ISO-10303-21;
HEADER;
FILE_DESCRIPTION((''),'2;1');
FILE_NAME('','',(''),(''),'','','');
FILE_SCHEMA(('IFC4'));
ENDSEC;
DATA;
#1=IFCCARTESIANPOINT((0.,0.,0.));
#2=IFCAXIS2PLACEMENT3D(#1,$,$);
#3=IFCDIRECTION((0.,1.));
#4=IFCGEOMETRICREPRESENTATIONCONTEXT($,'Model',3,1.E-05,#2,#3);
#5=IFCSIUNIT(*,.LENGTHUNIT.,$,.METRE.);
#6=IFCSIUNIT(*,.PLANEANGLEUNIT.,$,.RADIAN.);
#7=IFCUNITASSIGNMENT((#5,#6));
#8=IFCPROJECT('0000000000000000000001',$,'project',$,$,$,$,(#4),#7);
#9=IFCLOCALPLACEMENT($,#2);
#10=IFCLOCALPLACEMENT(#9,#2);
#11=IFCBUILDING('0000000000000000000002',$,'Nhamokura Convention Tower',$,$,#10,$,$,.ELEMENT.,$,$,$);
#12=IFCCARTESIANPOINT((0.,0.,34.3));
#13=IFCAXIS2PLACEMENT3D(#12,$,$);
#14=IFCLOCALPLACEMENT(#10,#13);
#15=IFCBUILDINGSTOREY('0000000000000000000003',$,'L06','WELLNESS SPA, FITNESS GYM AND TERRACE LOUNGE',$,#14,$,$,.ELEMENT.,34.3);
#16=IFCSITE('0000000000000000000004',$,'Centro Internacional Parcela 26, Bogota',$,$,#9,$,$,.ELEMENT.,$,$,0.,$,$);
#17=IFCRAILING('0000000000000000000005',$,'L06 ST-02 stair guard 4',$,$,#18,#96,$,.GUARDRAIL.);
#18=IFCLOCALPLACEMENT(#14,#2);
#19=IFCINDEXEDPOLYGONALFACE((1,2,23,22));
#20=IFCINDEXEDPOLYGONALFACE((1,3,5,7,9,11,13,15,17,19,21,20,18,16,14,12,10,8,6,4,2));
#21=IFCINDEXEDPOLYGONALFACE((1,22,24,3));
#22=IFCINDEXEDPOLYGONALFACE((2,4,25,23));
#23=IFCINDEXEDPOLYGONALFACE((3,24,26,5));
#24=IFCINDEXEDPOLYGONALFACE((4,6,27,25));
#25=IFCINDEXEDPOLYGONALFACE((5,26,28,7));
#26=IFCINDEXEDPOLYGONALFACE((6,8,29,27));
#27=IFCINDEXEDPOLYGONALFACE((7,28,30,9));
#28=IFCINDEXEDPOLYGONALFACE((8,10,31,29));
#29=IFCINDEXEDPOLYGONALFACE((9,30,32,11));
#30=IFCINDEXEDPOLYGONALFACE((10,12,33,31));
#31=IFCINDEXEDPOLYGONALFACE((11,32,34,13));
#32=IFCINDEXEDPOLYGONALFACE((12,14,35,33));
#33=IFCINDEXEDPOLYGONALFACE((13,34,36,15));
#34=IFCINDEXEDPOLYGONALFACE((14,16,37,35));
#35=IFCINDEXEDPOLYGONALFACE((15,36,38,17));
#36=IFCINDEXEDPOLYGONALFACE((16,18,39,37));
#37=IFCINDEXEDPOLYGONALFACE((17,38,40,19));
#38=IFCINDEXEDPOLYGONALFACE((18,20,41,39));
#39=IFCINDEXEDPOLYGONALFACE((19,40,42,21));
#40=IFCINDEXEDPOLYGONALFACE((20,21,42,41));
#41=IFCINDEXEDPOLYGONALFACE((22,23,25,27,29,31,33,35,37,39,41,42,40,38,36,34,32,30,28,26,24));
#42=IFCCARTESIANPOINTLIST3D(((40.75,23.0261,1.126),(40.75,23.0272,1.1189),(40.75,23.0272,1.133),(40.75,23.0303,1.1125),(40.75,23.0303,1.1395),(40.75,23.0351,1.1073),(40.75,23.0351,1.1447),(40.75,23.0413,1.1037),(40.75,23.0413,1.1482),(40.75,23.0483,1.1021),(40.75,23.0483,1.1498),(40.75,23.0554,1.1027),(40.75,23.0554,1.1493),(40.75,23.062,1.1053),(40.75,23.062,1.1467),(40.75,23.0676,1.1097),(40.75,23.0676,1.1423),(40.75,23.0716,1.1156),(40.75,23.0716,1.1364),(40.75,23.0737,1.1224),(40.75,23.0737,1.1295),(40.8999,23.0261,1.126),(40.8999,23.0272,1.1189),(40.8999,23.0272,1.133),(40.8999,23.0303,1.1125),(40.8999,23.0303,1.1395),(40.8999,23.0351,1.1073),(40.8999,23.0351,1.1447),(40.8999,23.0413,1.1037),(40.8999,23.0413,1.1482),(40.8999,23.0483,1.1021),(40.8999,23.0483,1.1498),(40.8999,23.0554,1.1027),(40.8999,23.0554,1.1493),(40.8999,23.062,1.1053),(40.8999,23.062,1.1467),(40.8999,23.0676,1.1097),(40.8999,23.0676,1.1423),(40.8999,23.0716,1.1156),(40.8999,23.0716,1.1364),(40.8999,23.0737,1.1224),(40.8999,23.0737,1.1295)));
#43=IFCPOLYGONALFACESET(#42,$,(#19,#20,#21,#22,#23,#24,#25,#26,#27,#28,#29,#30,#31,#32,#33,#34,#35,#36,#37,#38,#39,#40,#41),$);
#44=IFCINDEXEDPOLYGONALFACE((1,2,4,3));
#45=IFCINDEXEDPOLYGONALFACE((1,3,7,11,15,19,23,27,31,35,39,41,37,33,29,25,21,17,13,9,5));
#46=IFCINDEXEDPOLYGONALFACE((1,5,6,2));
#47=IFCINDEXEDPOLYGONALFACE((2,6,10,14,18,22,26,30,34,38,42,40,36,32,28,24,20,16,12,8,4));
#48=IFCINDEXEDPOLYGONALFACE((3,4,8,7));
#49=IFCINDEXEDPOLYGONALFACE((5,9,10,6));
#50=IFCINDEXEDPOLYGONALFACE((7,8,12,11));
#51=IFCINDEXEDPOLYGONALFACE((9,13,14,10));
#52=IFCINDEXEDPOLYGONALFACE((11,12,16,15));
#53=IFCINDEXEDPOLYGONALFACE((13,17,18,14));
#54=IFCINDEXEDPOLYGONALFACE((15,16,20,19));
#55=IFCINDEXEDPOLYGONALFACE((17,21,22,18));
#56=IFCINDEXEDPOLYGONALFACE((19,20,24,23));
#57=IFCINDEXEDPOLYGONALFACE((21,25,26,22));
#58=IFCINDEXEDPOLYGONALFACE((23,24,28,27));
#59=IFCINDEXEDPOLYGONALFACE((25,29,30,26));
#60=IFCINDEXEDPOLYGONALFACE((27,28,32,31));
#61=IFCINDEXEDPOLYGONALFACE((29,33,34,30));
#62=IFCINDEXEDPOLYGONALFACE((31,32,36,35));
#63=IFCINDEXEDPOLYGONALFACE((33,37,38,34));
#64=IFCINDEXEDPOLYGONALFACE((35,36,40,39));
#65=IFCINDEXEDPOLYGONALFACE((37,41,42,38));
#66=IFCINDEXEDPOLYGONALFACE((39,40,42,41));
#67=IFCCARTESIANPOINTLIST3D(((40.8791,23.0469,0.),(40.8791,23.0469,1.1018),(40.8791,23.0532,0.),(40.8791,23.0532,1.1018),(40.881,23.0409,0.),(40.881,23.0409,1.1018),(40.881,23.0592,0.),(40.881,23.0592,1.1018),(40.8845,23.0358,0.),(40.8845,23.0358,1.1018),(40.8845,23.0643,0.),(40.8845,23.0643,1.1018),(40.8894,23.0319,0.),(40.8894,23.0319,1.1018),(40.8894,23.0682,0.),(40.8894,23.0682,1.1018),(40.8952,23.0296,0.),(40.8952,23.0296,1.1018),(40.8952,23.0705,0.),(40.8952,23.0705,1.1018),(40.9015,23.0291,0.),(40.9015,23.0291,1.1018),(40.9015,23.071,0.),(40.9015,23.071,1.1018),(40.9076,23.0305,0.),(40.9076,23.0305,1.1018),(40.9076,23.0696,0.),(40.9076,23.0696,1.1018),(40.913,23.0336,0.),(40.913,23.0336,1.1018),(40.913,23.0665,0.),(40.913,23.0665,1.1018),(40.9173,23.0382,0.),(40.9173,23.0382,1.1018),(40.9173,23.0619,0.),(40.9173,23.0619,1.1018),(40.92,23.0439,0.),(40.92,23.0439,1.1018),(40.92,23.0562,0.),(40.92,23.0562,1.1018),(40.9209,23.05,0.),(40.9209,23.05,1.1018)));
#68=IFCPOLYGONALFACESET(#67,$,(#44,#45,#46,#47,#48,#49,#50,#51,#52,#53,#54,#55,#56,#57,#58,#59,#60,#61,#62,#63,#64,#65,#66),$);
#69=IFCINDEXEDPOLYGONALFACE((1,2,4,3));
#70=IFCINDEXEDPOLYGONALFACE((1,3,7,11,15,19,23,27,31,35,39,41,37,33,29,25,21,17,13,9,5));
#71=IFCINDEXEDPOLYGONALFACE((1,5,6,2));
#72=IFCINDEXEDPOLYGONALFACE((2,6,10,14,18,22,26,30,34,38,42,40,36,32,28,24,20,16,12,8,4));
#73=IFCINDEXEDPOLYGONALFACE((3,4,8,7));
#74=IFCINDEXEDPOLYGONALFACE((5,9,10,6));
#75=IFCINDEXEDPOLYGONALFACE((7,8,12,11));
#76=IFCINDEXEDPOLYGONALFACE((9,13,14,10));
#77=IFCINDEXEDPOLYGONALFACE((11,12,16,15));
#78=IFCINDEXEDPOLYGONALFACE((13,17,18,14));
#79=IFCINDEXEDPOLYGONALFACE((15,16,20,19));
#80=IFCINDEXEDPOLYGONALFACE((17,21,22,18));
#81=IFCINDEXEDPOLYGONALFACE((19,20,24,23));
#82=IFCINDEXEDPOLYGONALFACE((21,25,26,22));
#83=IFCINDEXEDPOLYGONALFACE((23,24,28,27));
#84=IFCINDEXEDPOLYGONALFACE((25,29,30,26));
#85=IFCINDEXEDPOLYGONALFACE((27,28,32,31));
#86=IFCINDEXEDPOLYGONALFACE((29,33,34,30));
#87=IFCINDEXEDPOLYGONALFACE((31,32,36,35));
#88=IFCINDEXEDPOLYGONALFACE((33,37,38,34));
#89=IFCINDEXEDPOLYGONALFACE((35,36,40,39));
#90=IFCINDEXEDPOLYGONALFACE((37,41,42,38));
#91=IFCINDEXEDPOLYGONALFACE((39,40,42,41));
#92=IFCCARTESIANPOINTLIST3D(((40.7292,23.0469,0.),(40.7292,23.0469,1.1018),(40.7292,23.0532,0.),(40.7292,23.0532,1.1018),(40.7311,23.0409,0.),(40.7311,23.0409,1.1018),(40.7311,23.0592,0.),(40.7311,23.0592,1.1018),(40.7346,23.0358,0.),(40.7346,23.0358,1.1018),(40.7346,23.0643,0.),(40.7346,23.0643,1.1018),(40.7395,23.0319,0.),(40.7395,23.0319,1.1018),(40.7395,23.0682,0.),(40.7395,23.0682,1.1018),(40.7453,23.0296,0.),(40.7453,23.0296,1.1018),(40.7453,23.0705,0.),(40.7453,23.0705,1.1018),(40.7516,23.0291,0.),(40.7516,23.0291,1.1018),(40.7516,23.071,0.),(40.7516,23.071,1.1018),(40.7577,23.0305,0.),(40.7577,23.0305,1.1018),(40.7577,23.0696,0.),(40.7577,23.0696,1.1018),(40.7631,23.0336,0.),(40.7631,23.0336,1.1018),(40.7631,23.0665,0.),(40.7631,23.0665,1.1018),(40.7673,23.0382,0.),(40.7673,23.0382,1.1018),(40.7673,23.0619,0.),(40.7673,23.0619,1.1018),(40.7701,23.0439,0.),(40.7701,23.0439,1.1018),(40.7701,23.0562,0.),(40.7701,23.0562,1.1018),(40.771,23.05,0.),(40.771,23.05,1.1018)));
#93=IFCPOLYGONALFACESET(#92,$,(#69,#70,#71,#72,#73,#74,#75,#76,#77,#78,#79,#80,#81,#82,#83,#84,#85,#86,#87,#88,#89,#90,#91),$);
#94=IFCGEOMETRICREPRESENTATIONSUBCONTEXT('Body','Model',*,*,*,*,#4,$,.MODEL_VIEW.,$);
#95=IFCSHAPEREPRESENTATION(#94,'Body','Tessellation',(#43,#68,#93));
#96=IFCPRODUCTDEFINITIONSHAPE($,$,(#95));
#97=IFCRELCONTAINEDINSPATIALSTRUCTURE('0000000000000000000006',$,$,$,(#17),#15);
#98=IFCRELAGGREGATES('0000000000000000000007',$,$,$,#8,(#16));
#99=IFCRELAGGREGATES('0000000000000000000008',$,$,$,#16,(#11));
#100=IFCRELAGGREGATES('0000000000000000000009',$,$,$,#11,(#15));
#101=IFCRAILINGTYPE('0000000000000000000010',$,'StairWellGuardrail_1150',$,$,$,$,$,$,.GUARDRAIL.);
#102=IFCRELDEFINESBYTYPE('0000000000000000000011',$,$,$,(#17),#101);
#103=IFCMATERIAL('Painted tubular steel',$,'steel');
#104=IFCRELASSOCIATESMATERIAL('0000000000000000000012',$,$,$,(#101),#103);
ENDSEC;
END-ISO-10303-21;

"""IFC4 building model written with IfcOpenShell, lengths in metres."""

from ifc_helpers import new_model, si_unit, direction, frame, origin, origin_2d, place, context, subcontext, project, spatial, circle, extrude, material, type_object, element, save


model = new_model("IFC4")

# Units and contexts
model_context = context("Model", 3, precision=1e-05, world=origin(), true_north=direction((0.0, 1.0)))
body_context = subcontext(model_context, "Body", "Model", "MODEL_VIEW")
ifc_project = project(units=[si_unit("LENGTHUNIT", "METRE"), si_unit("PLANEANGLEUNIT", "RADIAN")], contexts=[model_context])

# Site, building, storey
site_placement = place(None, origin())
site = spatial("IfcSite", under=ifc_project, at=site_placement, Name="Centro Internacional Parcela 26, Bogota", CompositionType="ELEMENT", RefElevation=0.0)
building_placement = place(site_placement, origin())
building = spatial("IfcBuilding", under=site, at=building_placement, Name="Nhamokura Convention Tower", CompositionType="ELEMENT")
storey_placement = place(building_placement, frame((0.0, 0.0, 34.3)))
storey = spatial("IfcBuildingStorey", under=building, at=storey_placement, Name="L06", Description="WELLNESS SPA, FITNESS GYM AND TERRACE LOUNGE", CompositionType="ELEMENT", Elevation=34.3)

# Railing
ifc_material_1 = material(Name="Painted tubular steel", Category="steel")
railing_type_1 = type_object("IfcRailingType", Name="StairWellGuardrail_1150", PredefinedType="GUARDRAIL", material=ifc_material_1)
railing_1_placement = place(storey_placement, frame((40.8999, 23.05, 0.0)))
element("IfcRailing", 1, at=railing_1_placement, inside=storey, type_object=railing_type_1, Name="L06 ST-02 stair guard 4", PredefinedType="GUARDRAIL", context=body_context, shape_type="SweptSolid", body=[
    extrude(circle(Radius=0.0239, at=origin_2d()), frame((0.0, 0.0, 1.126), z_axis=(-1.0, 0.0, 0.0), x_axis=(0.0, -1.0, 0.0)), (0.0, 0.0, 1.0), 0.1499),
    extrude(circle(Radius=0.021, at=origin_2d()), origin(), (0.0, 0.0, 1.0), 1.1018),
    extrude(circle(Radius=0.021, at=origin_2d()), frame((-0.1499, 0.0, 0.0)), (0.0, 0.0, 1.0), 1.1018),
])

save(model, "model.ifc")
